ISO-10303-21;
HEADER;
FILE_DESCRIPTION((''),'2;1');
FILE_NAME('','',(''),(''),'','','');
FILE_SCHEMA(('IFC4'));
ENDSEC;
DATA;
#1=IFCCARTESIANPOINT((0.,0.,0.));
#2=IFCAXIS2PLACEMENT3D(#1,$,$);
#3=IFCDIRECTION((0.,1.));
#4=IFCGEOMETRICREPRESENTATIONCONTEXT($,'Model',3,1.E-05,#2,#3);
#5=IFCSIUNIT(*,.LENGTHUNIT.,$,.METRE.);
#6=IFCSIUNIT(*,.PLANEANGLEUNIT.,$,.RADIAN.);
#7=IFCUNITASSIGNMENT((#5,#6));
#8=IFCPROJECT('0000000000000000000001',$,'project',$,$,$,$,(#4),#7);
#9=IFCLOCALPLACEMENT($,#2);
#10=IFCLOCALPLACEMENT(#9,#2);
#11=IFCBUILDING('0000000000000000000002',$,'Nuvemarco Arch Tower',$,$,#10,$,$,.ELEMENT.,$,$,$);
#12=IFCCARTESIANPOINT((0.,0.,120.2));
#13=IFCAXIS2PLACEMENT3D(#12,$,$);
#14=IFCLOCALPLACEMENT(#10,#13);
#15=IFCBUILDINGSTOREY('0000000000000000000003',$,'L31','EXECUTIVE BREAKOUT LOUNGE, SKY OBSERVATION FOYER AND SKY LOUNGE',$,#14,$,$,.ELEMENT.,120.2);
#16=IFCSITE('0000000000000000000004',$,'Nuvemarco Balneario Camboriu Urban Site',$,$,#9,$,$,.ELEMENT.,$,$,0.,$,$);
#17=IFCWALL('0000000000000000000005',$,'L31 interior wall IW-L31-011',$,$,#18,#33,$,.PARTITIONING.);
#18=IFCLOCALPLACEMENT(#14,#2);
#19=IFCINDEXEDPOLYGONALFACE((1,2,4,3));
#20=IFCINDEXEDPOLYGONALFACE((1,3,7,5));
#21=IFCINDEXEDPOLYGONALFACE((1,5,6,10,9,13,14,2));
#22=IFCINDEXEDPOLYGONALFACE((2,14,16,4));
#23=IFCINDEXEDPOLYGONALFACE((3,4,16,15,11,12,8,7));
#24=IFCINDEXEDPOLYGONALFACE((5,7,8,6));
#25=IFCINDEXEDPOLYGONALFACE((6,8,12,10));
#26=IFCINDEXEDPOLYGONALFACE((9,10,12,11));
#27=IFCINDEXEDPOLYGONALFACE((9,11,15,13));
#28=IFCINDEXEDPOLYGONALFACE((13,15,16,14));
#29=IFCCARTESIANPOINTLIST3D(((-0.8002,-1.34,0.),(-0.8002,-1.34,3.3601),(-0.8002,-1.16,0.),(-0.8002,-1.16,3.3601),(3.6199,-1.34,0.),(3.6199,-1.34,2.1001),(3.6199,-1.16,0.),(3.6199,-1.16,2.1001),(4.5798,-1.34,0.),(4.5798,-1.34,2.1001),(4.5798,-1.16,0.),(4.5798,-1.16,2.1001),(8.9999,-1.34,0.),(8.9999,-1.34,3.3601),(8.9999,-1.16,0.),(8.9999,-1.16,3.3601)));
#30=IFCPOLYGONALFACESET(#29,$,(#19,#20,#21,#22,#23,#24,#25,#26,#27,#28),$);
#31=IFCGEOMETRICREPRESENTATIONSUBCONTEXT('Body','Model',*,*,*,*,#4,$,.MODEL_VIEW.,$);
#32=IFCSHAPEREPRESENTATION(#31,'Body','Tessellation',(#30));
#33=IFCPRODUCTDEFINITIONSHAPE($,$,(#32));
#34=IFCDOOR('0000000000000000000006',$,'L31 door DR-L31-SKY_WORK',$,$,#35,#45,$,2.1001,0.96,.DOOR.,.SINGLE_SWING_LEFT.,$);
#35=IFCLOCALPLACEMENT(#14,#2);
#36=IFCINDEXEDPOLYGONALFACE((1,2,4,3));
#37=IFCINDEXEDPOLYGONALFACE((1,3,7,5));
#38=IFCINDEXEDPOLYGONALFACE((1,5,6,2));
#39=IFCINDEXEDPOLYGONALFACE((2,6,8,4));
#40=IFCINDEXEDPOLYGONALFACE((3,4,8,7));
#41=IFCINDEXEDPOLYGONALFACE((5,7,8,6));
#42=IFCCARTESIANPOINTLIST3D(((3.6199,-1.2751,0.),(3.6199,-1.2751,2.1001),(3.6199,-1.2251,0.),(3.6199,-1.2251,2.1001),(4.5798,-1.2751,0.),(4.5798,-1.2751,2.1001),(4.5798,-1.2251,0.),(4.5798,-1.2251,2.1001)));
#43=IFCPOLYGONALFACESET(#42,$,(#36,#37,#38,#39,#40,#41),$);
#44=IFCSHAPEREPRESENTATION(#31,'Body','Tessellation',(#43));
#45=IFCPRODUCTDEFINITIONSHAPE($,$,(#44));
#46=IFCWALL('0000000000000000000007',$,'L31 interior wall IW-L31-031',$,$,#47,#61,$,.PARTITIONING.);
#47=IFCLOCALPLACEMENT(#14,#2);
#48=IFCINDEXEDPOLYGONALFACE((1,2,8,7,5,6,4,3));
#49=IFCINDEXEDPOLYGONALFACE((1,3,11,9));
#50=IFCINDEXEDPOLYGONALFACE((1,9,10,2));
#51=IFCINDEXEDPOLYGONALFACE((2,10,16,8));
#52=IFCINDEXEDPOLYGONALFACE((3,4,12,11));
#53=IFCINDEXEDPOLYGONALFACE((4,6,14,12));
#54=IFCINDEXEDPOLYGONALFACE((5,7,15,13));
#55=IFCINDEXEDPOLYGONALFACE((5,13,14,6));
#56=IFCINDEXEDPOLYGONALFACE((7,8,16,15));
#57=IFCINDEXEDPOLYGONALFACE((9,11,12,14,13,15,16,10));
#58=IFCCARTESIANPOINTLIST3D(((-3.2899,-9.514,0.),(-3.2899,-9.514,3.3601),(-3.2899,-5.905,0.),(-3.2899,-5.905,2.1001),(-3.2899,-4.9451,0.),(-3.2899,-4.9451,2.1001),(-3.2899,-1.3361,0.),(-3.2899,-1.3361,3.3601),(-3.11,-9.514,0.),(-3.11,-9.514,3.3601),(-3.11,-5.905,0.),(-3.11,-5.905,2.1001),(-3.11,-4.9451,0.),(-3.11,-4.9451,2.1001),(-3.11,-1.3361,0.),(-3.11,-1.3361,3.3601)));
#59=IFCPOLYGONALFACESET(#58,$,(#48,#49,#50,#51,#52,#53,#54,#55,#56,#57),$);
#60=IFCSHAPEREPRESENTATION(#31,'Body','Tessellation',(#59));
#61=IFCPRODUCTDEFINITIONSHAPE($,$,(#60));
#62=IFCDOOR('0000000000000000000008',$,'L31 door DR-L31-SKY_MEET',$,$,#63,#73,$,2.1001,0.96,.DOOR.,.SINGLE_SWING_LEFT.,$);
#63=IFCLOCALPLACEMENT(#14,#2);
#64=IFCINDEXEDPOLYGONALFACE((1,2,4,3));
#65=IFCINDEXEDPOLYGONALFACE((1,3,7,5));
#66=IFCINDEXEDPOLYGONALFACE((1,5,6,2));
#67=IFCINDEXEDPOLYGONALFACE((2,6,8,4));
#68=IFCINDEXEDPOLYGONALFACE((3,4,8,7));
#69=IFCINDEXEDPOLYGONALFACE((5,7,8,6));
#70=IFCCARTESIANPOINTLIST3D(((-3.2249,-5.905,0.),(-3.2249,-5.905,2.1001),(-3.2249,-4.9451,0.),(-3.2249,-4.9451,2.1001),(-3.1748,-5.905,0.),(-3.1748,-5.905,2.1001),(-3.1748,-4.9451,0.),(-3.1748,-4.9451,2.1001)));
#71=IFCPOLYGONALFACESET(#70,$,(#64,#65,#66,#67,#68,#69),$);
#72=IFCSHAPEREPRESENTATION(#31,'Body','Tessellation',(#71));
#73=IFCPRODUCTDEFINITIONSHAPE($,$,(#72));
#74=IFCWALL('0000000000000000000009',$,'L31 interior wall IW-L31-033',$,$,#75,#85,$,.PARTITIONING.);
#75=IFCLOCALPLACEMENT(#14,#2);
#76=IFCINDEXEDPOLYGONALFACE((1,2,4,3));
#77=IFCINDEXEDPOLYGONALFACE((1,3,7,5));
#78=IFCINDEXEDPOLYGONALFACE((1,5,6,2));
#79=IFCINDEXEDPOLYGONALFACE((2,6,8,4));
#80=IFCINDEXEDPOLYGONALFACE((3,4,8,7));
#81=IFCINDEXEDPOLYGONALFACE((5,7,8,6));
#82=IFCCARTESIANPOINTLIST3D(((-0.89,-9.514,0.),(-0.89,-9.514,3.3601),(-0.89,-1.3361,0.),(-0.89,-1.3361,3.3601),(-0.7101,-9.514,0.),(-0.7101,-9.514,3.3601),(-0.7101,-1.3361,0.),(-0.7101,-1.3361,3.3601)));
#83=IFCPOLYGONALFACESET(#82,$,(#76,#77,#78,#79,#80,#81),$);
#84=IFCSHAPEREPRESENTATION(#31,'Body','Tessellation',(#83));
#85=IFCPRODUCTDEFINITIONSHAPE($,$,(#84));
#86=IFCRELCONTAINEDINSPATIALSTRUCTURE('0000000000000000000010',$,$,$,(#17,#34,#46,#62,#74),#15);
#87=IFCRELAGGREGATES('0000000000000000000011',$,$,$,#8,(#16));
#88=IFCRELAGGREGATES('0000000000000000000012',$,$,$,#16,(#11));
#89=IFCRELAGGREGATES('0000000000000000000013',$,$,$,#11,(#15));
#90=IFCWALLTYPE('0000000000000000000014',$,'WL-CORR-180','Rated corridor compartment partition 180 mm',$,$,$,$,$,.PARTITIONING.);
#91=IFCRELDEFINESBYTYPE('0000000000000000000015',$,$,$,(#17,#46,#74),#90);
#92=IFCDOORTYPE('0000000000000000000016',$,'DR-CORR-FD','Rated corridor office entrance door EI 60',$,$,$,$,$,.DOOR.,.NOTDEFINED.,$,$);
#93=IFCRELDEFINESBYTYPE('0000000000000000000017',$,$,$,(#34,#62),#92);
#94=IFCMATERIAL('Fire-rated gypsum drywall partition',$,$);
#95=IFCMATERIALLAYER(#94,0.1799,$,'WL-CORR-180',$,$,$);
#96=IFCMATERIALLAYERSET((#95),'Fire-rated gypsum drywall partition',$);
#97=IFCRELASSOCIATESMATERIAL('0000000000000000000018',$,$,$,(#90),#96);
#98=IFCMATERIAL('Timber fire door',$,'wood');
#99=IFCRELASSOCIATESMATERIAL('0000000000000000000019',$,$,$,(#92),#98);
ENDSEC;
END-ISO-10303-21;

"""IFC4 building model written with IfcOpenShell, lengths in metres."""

from ifc_helpers import new_model, si_unit, direction, frame, frame_2d, origin, place, context, subcontext, project, spatial, rectangle, extrude, source, transform, mapped, material, layer, layer_set, type_object, type_shapes, element, fill, save


model = new_model("IFC4")

# Units and contexts
model_context = context("Model", 3, precision=1e-05, world=origin(), true_north=direction((0.0, 1.0)))
body_context = subcontext(model_context, "Body", "Model", "MODEL_VIEW")
ifc_project = project(units=[si_unit("LENGTHUNIT", "METRE"), si_unit("PLANEANGLEUNIT", "RADIAN")], contexts=[model_context])

# Site, building, storey
site_placement = place(None, origin())
site = spatial("IfcSite", under=ifc_project, at=site_placement, Name="Nuvemarco Balneario Camboriu Urban Site", CompositionType="ELEMENT", RefElevation=0.0)
building_placement = place(site_placement, origin())
building = spatial("IfcBuilding", under=site, at=building_placement, Name="Nuvemarco Arch Tower", CompositionType="ELEMENT")
storey_placement = place(building_placement, frame((0.0, 0.0, 120.2)))
storey = spatial("IfcBuildingStorey", under=building, at=storey_placement, Name="L31", Description="EXECUTIVE BREAKOUT LOUNGE, SKY OBSERVATION FOYER AND SKY LOUNGE", CompositionType="ELEMENT", Elevation=120.2)

# Shared definitions
ifc_material_1 = material(Name="Fire-rated gypsum drywall partition")
ifc_layer = layer(ifc_material_1, 0.1799, Name="WL-CORR-180")
ifc_layer_set = layer_set([ifc_layer], Name="Fire-rated gypsum drywall partition")
wall_type = type_object("IfcWallType", Name="WL-CORR-180", Description="Rated corridor compartment partition 180 mm", PredefinedType="PARTITIONING", material=ifc_layer_set)

# Walls, openings, doors
wall_1_placement = place(storey_placement, frame((-0.8, -1.25, 0.0), z_axis=(0.0, 0.0, 1.0), x_axis=(1.0, 0.0, 0.0)))
wall_1 = element("IfcWall", 1, at=wall_1_placement, inside=storey, type_object=wall_type, Name="L31 interior wall IW-L31-011", PredefinedType="PARTITIONING", context=body_context, shape_type="SweptSolid", body=[
    extrude(rectangle(XDim=9.8, YDim=0.1799, at=frame_2d((4.8999, 0.0))), origin(), (0.0, 0.0, 1.0), 3.3601),
])
opening_1_placement = place(wall_1_placement, frame((4.4199, 0.0, 0.0)))
opening_1 = element("IfcOpeningElement", 2, at=opening_1_placement, cuts=wall_1, PredefinedType="OPENING", context=body_context, shape_type="SweptSolid", body=[
    extrude(rectangle(XDim=0.96, YDim=2.1001, at=frame_2d((0.48, 1.05))), frame((0.0, 0.0999, 0.0), z_axis=(0.0, -1.0, 0.0), x_axis=(1.0, 0.0, 0.0)), (0.0, 0.0, 1.0), 0.2),
])
ifc_material_2 = material(Name="Timber fire door", Category="wood")
door_type = type_object("IfcDoorType", Name="DR-CORR-FD", Description="Rated corridor office entrance door EI 60", OperationType="NOTDEFINED", PredefinedType="DOOR", material=ifc_material_2)
shared_shape = source(origin(), body_context, "Body", "SweptSolid", [
    extrude(rectangle(XDim=0.96, YDim=2.1001, at=frame_2d((0.48, 1.05))), frame((0.0, 0.0249, 0.0), z_axis=(0.0, -1.0, 0.0), x_axis=(1.0, 0.0, 0.0)), (0.0, 0.0, 1.0), 0.05),
])
type_shapes(door_type, [shared_shape])
door_1_placement = place(opening_1_placement, origin())
door_1 = element("IfcDoor", 3, at=door_1_placement, inside=storey, type_object=door_type, Name="L31 door DR-L31-SKY_WORK", OperationType="SINGLE_SWING_LEFT", OverallHeight=2.1001, OverallWidth=0.96, PredefinedType="DOOR", context=body_context, shape_type="MappedRepresentation", body=[
    mapped(shared_shape, transform((0.0, 0.0, 0.0), scale=1.0)),
])
fill(opening_1, door_1)
wall_2_placement = place(storey_placement, frame((-3.2, -9.5139, 0.0), z_axis=(0.0, 0.0, 1.0), x_axis=(0.0, 1.0, 0.0)))
wall_2 = element("IfcWall", 4, at=wall_2_placement, inside=storey, type_object=wall_type, Name="L31 interior wall IW-L31-031", PredefinedType="PARTITIONING", context=body_context, shape_type="SweptSolid", body=[
    extrude(rectangle(XDim=8.178, YDim=0.1799, at=frame_2d((4.0889, 0.0))), origin(), (0.0, 0.0, 1.0), 3.3601),
])
opening_2_placement = place(wall_2_placement, frame((3.6089, 0.0, 0.0)))
opening_2 = element("IfcOpeningElement", 5, at=opening_2_placement, cuts=wall_2, PredefinedType="OPENING", context=body_context, shape_type="SweptSolid", body=[
    extrude(rectangle(XDim=0.96, YDim=2.1001, at=frame_2d((0.48, 1.05))), frame((0.0, 0.0999, 0.0), z_axis=(0.0, -1.0, 0.0), x_axis=(1.0, 0.0, 0.0)), (0.0, 0.0, 1.0), 0.2),
])
door_2_placement = place(opening_2_placement, origin())
door_2 = element("IfcDoor", 6, at=door_2_placement, inside=storey, type_object=door_type, Name="L31 door DR-L31-SKY_MEET", OperationType="SINGLE_SWING_LEFT", OverallHeight=2.1001, OverallWidth=0.96, PredefinedType="DOOR", context=body_context, shape_type="MappedRepresentation", body=[
    mapped(shared_shape, transform((0.0, 0.0, 0.0), scale=1.0)),
])
fill(opening_2, door_2)

# Wall
wall_3_placement = place(storey_placement, frame((-0.8, -9.5139, 0.0), z_axis=(0.0, 0.0, 1.0), x_axis=(0.0, 1.0, 0.0)))
element("IfcWall", 7, at=wall_3_placement, inside=storey, type_object=wall_type, Name="L31 interior wall IW-L31-033", PredefinedType="PARTITIONING", context=body_context, shape_type="SweptSolid", body=[
    extrude(rectangle(XDim=8.178, YDim=0.1799, at=frame_2d((4.0889, 0.0))), origin(), (0.0, 0.0, 1.0), 3.3601),
])

save(model, "model.ifc")
